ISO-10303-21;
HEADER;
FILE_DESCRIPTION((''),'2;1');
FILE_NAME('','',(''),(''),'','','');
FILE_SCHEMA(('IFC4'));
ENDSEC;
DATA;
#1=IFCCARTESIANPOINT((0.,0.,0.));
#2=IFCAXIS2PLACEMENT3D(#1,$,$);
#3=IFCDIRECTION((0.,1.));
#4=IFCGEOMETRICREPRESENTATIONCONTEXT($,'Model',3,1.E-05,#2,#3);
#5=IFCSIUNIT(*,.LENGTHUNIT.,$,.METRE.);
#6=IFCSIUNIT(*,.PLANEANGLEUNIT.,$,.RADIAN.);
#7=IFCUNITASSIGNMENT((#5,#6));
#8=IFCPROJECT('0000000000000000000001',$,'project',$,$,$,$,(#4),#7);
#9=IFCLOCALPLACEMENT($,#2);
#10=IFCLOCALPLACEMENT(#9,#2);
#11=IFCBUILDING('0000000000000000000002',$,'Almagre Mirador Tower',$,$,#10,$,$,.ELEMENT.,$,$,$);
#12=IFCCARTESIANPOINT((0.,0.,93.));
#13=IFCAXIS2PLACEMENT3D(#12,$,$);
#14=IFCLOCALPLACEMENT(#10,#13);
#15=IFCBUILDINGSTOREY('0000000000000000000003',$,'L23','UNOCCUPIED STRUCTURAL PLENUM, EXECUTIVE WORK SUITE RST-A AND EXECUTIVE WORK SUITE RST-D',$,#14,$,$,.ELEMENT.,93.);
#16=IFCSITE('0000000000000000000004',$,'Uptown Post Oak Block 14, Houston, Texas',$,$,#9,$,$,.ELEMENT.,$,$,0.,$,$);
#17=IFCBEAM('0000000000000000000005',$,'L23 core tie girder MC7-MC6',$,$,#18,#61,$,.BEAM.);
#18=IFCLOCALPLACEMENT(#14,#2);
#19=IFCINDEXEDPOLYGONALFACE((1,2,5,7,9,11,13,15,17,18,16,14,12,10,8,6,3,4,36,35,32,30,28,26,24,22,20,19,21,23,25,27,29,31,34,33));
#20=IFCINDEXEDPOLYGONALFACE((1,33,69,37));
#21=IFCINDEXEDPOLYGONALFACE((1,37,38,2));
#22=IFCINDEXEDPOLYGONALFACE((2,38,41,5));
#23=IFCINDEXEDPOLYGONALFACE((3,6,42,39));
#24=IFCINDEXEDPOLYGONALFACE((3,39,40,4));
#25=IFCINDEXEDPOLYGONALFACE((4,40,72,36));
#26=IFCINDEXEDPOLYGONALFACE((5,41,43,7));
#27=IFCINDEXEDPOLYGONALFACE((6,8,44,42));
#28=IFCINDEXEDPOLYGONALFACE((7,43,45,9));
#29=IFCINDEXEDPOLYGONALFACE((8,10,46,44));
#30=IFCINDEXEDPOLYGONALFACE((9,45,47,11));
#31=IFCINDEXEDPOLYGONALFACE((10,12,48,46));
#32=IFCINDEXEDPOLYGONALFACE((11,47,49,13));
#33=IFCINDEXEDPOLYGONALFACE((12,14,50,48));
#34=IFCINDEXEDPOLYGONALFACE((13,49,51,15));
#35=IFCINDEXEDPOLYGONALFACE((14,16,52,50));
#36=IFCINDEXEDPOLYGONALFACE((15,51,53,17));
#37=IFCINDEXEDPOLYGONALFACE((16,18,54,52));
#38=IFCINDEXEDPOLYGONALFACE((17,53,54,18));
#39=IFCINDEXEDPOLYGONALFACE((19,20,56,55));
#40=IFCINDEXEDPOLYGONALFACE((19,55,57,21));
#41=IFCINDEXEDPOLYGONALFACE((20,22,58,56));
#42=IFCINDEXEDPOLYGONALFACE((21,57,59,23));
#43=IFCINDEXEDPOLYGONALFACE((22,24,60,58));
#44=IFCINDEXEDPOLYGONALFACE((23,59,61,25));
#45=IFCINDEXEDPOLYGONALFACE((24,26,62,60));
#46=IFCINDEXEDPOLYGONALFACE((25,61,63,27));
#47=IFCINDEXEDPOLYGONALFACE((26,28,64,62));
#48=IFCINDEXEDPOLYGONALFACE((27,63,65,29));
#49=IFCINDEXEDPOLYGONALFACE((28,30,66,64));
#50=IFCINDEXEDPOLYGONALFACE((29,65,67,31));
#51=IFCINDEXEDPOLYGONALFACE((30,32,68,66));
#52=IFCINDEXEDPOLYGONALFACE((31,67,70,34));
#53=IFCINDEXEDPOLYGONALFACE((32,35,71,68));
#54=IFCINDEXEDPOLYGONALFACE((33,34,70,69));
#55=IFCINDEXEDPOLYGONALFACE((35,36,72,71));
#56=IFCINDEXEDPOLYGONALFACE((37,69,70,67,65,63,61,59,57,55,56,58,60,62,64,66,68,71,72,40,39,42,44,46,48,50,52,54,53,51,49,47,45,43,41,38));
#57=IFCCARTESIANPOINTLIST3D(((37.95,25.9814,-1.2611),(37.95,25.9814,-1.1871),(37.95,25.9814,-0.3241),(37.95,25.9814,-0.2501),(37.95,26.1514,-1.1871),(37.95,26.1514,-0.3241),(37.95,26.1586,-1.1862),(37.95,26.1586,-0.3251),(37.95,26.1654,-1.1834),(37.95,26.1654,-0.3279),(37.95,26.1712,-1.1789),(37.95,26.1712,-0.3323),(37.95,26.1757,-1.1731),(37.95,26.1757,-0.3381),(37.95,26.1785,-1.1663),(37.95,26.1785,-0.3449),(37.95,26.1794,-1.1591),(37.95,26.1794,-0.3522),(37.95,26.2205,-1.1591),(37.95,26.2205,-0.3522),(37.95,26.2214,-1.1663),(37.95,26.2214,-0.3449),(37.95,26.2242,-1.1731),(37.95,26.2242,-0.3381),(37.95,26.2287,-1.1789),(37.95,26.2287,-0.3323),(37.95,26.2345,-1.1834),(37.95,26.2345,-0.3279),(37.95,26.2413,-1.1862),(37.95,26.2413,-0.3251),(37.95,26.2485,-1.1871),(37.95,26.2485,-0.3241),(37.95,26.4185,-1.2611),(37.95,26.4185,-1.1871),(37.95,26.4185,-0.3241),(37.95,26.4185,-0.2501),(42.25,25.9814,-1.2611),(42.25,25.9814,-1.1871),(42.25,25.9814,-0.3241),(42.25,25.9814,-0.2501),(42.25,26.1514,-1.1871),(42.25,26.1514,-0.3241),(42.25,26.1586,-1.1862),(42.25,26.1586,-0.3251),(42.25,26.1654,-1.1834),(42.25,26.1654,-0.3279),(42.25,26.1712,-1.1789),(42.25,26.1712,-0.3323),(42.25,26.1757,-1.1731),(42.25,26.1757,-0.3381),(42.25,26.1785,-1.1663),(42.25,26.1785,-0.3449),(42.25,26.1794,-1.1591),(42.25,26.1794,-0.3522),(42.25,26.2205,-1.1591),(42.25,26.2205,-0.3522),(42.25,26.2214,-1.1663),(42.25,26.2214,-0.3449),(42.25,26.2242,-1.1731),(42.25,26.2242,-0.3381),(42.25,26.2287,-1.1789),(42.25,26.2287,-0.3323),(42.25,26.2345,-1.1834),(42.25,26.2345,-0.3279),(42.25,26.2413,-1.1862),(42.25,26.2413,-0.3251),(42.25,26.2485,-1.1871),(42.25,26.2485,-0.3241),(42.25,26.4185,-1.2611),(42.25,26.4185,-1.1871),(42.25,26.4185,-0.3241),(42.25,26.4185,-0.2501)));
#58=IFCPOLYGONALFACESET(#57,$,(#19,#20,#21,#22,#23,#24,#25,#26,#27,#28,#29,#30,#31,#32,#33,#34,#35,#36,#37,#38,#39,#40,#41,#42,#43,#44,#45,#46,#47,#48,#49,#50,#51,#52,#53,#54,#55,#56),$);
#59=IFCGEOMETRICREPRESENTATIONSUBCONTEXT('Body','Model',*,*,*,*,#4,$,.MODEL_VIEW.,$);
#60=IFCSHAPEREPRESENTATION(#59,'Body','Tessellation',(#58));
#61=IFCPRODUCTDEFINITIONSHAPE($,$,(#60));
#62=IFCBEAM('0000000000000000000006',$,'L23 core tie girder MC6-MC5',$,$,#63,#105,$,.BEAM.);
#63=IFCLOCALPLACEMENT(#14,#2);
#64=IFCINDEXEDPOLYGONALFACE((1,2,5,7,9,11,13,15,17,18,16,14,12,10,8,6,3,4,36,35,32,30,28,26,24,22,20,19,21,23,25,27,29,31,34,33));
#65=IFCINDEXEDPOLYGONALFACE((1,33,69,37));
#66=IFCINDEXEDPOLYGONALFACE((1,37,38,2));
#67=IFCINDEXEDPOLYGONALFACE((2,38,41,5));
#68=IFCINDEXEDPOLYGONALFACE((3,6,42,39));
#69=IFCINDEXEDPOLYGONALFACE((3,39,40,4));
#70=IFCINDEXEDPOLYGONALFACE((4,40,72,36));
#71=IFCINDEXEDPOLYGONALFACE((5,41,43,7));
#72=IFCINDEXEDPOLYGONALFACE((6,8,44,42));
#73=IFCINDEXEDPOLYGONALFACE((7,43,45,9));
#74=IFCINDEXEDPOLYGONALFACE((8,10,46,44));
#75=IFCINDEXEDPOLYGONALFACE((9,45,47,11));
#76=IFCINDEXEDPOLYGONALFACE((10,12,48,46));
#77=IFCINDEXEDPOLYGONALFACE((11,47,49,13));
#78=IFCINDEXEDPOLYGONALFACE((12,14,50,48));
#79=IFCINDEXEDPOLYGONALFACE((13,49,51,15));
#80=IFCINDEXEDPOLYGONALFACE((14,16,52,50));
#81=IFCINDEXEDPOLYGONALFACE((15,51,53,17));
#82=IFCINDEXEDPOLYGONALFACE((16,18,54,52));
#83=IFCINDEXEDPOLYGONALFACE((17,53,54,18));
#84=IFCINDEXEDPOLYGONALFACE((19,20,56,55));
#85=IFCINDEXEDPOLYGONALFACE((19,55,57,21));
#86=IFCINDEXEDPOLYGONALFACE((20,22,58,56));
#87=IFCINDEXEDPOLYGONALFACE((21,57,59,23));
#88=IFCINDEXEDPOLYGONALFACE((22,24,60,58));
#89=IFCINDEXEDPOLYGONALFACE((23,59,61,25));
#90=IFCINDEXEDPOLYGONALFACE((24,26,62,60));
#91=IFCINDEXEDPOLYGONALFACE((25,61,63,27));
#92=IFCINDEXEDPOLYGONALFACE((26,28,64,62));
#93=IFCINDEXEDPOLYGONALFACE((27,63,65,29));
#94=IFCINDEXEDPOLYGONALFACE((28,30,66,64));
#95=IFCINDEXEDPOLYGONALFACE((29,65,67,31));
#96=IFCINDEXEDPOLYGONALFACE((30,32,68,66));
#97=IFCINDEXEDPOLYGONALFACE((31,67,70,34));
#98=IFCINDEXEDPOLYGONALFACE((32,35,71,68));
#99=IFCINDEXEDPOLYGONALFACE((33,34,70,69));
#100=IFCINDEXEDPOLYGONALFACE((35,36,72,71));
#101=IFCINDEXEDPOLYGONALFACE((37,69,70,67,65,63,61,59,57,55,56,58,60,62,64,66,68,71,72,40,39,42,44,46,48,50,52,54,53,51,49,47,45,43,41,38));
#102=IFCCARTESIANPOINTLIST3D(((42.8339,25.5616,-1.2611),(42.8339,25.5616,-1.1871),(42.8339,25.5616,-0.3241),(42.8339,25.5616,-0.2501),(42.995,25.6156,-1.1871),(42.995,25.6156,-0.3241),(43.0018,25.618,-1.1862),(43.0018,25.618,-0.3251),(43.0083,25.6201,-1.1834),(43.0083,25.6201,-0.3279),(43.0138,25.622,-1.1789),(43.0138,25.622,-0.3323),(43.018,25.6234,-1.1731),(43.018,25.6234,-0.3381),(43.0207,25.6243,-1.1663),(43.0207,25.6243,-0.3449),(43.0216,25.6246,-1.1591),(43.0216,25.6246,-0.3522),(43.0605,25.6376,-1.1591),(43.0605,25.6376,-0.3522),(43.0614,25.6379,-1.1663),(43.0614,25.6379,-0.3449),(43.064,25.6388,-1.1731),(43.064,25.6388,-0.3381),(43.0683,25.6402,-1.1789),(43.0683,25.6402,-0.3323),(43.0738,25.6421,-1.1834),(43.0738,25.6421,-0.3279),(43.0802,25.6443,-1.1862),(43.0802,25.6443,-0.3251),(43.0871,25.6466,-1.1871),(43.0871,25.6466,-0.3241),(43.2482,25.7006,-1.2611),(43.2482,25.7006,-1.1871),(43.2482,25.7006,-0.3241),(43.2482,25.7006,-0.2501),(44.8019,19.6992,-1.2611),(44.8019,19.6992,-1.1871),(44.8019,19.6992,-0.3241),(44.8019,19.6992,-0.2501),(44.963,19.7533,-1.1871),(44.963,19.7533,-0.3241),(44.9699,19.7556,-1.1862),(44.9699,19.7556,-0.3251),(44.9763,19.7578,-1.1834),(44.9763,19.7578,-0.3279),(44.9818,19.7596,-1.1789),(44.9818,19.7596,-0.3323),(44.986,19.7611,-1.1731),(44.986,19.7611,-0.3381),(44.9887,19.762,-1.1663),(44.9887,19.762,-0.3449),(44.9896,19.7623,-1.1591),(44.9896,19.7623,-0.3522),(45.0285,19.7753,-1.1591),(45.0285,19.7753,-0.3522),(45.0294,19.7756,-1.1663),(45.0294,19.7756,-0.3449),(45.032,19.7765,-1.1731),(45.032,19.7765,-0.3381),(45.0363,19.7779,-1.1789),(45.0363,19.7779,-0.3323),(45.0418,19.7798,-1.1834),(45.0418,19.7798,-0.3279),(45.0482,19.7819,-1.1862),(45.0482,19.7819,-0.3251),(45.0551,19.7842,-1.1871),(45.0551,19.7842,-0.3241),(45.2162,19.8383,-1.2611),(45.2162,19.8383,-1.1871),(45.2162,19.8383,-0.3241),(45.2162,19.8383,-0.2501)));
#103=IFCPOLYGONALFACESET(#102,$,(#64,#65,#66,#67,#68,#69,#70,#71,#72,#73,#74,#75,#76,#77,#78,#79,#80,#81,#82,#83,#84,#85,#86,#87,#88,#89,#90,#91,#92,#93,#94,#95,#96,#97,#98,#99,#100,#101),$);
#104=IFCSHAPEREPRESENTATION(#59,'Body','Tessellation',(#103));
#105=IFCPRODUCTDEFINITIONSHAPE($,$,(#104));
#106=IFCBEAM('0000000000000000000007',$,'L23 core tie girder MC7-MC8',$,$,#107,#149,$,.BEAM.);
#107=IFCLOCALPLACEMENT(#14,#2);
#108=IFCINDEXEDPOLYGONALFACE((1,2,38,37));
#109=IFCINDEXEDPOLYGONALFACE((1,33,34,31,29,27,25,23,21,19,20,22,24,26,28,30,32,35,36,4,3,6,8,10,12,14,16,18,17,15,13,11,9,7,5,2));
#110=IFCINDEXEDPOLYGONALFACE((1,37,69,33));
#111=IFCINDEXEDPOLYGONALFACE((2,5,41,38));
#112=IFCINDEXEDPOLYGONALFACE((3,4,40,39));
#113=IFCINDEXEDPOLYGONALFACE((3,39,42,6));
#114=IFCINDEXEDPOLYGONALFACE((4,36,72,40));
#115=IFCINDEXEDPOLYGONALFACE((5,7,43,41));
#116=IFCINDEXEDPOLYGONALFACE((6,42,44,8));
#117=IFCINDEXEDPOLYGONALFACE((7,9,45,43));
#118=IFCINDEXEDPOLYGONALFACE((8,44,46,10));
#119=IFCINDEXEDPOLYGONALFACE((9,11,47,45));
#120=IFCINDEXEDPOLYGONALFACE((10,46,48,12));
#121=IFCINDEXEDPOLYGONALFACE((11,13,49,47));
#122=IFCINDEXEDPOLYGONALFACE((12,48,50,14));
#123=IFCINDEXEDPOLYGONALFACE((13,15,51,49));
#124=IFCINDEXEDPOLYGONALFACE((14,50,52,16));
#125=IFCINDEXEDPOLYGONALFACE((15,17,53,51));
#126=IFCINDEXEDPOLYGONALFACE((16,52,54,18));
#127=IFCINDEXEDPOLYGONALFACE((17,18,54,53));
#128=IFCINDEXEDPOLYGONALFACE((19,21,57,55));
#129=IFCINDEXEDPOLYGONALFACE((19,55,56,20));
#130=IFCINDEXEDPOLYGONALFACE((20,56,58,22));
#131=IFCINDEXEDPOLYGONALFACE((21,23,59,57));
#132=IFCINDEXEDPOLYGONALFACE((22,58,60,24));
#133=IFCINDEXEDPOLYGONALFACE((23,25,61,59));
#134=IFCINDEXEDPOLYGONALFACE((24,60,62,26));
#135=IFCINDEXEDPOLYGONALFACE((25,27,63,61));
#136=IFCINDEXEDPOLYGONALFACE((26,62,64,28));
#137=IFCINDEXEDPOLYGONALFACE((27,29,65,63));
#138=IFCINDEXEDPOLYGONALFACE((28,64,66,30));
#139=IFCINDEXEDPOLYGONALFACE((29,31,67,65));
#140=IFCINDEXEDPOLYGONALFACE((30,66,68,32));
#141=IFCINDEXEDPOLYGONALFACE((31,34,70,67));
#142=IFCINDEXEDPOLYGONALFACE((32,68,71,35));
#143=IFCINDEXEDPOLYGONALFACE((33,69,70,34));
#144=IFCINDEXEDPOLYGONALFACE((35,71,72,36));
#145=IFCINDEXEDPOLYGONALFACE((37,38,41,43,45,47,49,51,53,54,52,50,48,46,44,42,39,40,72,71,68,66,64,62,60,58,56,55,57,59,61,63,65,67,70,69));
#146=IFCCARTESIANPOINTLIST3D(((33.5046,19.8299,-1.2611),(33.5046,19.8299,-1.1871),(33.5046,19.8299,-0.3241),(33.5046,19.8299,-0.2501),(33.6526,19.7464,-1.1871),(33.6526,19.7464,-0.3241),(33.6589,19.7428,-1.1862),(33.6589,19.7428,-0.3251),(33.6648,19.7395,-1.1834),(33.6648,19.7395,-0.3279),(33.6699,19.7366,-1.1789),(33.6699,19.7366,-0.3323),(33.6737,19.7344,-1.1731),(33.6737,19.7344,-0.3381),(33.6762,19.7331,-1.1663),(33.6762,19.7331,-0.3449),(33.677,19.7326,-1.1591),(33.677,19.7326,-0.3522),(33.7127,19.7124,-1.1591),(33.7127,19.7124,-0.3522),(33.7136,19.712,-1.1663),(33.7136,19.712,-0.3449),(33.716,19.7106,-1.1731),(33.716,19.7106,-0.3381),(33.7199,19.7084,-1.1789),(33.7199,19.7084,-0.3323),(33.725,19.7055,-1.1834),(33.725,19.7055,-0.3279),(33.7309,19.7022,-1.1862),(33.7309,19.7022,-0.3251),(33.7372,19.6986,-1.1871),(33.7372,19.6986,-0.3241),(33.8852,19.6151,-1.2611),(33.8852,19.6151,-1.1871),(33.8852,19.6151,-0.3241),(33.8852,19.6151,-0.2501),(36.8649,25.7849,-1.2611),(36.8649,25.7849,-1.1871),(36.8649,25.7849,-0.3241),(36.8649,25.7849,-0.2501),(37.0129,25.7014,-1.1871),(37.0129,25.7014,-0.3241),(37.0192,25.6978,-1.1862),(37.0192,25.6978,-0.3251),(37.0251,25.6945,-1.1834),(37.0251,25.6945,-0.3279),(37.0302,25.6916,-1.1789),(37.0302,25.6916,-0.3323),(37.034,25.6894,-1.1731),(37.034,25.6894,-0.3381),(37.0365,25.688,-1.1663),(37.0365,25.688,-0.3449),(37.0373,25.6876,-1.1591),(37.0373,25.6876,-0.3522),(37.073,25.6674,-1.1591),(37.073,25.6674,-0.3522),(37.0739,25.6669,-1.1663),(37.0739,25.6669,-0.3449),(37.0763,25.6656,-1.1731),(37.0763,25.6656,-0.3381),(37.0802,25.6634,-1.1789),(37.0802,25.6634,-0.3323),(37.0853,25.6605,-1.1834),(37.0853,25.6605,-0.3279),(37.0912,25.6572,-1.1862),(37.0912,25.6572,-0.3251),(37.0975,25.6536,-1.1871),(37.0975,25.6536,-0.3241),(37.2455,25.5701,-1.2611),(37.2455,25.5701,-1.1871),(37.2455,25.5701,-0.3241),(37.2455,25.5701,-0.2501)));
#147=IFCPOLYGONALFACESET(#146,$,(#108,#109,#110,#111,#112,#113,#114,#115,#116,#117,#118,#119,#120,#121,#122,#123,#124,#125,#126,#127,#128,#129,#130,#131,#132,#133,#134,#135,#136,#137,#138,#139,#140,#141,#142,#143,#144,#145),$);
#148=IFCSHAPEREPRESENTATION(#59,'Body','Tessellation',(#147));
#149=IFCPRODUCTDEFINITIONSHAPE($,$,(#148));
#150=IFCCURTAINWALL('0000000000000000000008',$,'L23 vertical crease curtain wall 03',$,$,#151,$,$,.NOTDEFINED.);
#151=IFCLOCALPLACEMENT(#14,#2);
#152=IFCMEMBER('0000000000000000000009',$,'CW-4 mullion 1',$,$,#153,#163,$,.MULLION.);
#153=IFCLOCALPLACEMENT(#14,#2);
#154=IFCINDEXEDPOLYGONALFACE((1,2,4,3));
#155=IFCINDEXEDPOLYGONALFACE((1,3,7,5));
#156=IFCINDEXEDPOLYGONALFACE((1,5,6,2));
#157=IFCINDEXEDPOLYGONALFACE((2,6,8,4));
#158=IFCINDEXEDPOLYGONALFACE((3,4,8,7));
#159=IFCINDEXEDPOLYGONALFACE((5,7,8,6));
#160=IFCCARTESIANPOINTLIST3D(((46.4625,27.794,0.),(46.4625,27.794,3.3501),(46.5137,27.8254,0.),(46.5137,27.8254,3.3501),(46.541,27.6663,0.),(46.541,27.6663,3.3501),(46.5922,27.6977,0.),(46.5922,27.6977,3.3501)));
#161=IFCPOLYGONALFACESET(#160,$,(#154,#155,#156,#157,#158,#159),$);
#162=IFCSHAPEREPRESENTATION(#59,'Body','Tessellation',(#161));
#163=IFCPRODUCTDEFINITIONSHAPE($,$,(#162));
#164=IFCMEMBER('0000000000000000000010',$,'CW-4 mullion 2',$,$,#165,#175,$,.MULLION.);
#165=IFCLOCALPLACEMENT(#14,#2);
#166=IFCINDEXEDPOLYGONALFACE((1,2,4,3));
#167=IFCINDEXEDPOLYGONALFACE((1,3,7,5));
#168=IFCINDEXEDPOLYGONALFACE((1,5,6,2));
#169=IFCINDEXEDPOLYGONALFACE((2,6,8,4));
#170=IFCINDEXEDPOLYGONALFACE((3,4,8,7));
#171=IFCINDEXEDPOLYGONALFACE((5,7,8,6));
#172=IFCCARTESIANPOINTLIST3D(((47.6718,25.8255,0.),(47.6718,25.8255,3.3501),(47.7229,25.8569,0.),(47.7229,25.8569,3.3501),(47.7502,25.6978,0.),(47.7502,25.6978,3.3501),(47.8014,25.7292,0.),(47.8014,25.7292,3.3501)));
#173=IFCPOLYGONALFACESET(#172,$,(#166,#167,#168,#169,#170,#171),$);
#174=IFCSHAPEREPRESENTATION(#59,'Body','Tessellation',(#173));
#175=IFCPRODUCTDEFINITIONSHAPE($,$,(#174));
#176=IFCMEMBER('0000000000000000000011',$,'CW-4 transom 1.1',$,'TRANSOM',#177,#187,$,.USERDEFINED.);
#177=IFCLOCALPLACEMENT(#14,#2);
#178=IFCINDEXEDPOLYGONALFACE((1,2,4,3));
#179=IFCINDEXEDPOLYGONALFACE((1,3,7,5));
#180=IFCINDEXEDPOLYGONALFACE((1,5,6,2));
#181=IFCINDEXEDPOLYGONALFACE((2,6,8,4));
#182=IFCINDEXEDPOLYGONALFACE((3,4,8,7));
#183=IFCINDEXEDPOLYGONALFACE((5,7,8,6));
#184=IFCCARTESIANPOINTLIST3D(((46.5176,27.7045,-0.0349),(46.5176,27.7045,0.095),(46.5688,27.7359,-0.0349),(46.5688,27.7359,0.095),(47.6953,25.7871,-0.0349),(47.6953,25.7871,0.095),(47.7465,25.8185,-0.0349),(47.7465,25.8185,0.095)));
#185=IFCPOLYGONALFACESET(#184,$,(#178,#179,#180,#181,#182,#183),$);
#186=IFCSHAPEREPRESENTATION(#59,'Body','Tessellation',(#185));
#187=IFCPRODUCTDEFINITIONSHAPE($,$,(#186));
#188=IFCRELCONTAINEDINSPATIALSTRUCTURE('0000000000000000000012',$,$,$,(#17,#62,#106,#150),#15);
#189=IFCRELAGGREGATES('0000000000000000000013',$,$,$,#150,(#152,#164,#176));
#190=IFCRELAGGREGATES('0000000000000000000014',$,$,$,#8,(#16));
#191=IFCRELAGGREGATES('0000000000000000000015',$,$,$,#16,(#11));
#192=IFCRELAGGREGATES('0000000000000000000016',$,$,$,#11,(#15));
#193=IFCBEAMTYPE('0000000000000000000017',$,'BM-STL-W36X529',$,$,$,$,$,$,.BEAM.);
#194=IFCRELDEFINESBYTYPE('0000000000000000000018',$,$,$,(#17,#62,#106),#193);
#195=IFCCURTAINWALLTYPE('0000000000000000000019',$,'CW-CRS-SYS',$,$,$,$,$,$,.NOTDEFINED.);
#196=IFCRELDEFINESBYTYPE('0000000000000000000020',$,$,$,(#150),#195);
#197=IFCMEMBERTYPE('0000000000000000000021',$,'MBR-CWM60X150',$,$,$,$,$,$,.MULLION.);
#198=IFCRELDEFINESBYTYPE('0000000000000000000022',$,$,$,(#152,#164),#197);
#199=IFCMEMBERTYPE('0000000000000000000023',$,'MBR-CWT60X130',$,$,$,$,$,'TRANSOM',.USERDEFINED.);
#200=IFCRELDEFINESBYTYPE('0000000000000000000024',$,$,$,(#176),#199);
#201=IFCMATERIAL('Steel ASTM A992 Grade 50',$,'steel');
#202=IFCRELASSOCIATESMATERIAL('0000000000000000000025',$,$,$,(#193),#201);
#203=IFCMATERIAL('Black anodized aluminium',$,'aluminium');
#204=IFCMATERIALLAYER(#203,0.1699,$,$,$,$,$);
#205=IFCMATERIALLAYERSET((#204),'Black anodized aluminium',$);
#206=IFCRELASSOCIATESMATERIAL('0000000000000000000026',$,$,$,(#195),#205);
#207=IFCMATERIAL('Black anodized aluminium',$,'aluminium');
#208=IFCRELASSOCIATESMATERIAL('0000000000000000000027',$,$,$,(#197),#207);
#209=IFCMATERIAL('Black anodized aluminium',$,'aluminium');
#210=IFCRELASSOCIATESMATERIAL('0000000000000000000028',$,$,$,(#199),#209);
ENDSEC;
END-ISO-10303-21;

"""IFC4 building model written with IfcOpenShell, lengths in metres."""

from ifc_helpers import new_model, si_unit, direction, frame, origin, origin_2d, place, context, subcontext, project, spatial, rectangle, i_section, extrude, material, layer, layer_set, material_profile, profile_set, type_object, element, aggregate, save


model = new_model("IFC4")

# Units and contexts
model_context = context("Model", 3, precision=1e-05, world=origin(), true_north=direction((0.0, 1.0)))
body_context = subcontext(model_context, "Body", "Model", "MODEL_VIEW")
ifc_project = project(units=[si_unit("LENGTHUNIT", "METRE"), si_unit("PLANEANGLEUNIT", "RADIAN")], contexts=[model_context])

# Site, building, storey
site_placement = place(None, origin())
site = spatial("IfcSite", under=ifc_project, at=site_placement, Name="Uptown Post Oak Block 14, Houston, Texas", CompositionType="ELEMENT", RefElevation=0.0)
building_placement = place(site_placement, origin())
building = spatial("IfcBuilding", under=site, at=building_placement, Name="Almagre Mirador Tower", CompositionType="ELEMENT")
storey_placement = place(building_placement, frame((0.0, 0.0, 93.0)))
storey = spatial("IfcBuildingStorey", under=building, at=storey_placement, Name="L23", Description="UNOCCUPIED STRUCTURAL PLENUM, EXECUTIVE WORK SUITE RST-A AND EXECUTIVE WORK SUITE RST-D", CompositionType="ELEMENT", Elevation=93.0)

# Beams
ifc_material_1 = material(Name="Steel ASTM A992 Grade 50", Category="steel")
ifc_material_profile_1 = material_profile(ifc_material_1, i_section(OverallWidth=0.437, OverallDepth=1.011, WebThickness=0.041, FlangeThickness=0.074, FilletRadius=0.0281, at=origin_2d()), Name="W36X529")
ifc_profile_set_1 = profile_set([ifc_material_profile_1], Name="Steel ASTM A992 Grade 50")
beam_type_1 = type_object("IfcBeamType", Name="BM-STL-W36X529", PredefinedType="BEAM", material=ifc_profile_set_1)
beam_1_placement = place(storey_placement, frame((37.95, 26.2, -0.7556), z_axis=(1.0, 0.0, 0.0), x_axis=(0.0, 1.0, 0.0)))
element("IfcBeam", 1, at=beam_1_placement, inside=storey, type_object=beam_type_1, Name="L23 core tie girder MC7-MC6", PredefinedType="BEAM", context=body_context, shape_type="SweptSolid", body=[
    extrude(i_section(OverallWidth=0.437, OverallDepth=1.011, WebThickness=0.041, FlangeThickness=0.074, FilletRadius=0.0281, at=origin_2d()), origin(), (0.0, 0.0, 1.0), 4.3),
])
beam_2_placement = place(storey_placement, frame((43.041, 25.6311, -0.7556), z_axis=(0.318252, -0.948006, 0.0), x_axis=(0.948006, 0.318252, 0.0)))
element("IfcBeam", 2, at=beam_2_placement, inside=storey, type_object=beam_type_1, Name="L23 core tie girder MC6-MC5", PredefinedType="BEAM", context=body_context, shape_type="SweptSolid", body=[
    extrude(i_section(OverallWidth=0.437, OverallDepth=1.011, WebThickness=0.041, FlangeThickness=0.074, FilletRadius=0.0281, at=origin_2d()), origin(), (0.0, 0.0, 1.0), 6.1838),
])
beam_3_placement = place(storey_placement, frame((37.0552, 25.6775, -0.7556), z_axis=(-0.491441, -0.870911, 0.0), x_axis=(0.870911, -0.491441, 0.0)))
element("IfcBeam", 3, at=beam_3_placement, inside=storey, type_object=beam_type_1, Name="L23 core tie girder MC7-MC8", PredefinedType="BEAM", context=body_context, shape_type="SweptSolid", body=[
    extrude(i_section(OverallWidth=0.437, OverallDepth=1.011, WebThickness=0.041, FlangeThickness=0.074, FilletRadius=0.0281, at=origin_2d()), origin(), (0.0, 0.0, 1.0), 6.8376),
])

# Curtain wall, members
ifc_material_2 = material(Name="Black anodized aluminium", Category="aluminium")
ifc_layer_1 = layer(ifc_material_2, 0.1699)
ifc_layer_set_1 = layer_set([ifc_layer_1], Name="Black anodized aluminium")
curtain_wall_type = type_object("IfcCurtainWallType", Name="CW-CRS-SYS", PredefinedType="NOTDEFINED", material=ifc_layer_set_1)
curtain_wall_placement = place(storey_placement, origin())
curtain_wall = element("IfcCurtainWall", 4, at=curtain_wall_placement, inside=storey, type_object=curtain_wall_type, Name="L23 vertical crease curtain wall 03", PredefinedType="NOTDEFINED")
ifc_material_3 = material(Name="Black anodized aluminium", Category="aluminium")
ifc_material_profile_2 = material_profile(ifc_material_3, rectangle(XDim=0.0601, YDim=0.1499, at=origin_2d()), Name="CWM60X150")
ifc_profile_set_2 = profile_set([ifc_material_profile_2], Name="Black anodized aluminium")
member_type_1 = type_object("IfcMemberType", Name="MBR-CWM60X150", PredefinedType="MULLION", material=ifc_profile_set_2)
member_1_placement = place(storey_placement, frame((46.5273, 27.7458, 0.0), z_axis=(0.0, 0.0, 1.0), x_axis=(0.852078, 0.523415, 0.0)))
member_1 = element("IfcMember", 5, at=member_1_placement, type_object=member_type_1, Name="CW-4 mullion 1", PredefinedType="MULLION", context=body_context, shape_type="SweptSolid", body=[
    extrude(rectangle(XDim=0.0601, YDim=0.1499, at=origin_2d()), origin(), (0.0, 0.0, 1.0), 3.3501),
])
member_2_placement = place(storey_placement, frame((47.7366, 25.7773, 0.0), z_axis=(0.0, 0.0, 1.0), x_axis=(0.852078, 0.523415, 0.0)))
member_2 = element("IfcMember", 6, at=member_2_placement, type_object=member_type_1, Name="CW-4 mullion 2", PredefinedType="MULLION", context=body_context, shape_type="SweptSolid", body=[
    extrude(rectangle(XDim=0.0601, YDim=0.1499, at=origin_2d()), origin(), (0.0, 0.0, 1.0), 3.3501),
])
ifc_material_4 = material(Name="Black anodized aluminium", Category="aluminium")
ifc_material_profile_3 = material_profile(ifc_material_4, rectangle(XDim=0.0601, YDim=0.1299, at=origin_2d()), Name="CWT60X130")
ifc_profile_set_3 = profile_set([ifc_material_profile_3], Name="Black anodized aluminium")
member_type_2 = type_object("IfcMemberType", Name="MBR-CWT60X130", ElementType="TRANSOM", PredefinedType="USERDEFINED", material=ifc_profile_set_3)
member_3_placement = place(storey_placement, frame((46.5432, 27.7202, 0.03), z_axis=(0.523371, -0.852105, 0.0), x_axis=(0.852105, 0.523371, 0.0)))
member_3 = element("IfcMember", 7, at=member_3_placement, type_object=member_type_2, Name="CW-4 transom 1.1", ObjectType="TRANSOM", PredefinedType="USERDEFINED", context=body_context, shape_type="SweptSolid", body=[
    extrude(rectangle(XDim=0.0601, YDim=0.1299, at=origin_2d()), origin(), (0.0, 0.0, 1.0), 2.2502),
])
aggregate(curtain_wall, [member_1, member_2, member_3])

save(model, "model.ifc")
